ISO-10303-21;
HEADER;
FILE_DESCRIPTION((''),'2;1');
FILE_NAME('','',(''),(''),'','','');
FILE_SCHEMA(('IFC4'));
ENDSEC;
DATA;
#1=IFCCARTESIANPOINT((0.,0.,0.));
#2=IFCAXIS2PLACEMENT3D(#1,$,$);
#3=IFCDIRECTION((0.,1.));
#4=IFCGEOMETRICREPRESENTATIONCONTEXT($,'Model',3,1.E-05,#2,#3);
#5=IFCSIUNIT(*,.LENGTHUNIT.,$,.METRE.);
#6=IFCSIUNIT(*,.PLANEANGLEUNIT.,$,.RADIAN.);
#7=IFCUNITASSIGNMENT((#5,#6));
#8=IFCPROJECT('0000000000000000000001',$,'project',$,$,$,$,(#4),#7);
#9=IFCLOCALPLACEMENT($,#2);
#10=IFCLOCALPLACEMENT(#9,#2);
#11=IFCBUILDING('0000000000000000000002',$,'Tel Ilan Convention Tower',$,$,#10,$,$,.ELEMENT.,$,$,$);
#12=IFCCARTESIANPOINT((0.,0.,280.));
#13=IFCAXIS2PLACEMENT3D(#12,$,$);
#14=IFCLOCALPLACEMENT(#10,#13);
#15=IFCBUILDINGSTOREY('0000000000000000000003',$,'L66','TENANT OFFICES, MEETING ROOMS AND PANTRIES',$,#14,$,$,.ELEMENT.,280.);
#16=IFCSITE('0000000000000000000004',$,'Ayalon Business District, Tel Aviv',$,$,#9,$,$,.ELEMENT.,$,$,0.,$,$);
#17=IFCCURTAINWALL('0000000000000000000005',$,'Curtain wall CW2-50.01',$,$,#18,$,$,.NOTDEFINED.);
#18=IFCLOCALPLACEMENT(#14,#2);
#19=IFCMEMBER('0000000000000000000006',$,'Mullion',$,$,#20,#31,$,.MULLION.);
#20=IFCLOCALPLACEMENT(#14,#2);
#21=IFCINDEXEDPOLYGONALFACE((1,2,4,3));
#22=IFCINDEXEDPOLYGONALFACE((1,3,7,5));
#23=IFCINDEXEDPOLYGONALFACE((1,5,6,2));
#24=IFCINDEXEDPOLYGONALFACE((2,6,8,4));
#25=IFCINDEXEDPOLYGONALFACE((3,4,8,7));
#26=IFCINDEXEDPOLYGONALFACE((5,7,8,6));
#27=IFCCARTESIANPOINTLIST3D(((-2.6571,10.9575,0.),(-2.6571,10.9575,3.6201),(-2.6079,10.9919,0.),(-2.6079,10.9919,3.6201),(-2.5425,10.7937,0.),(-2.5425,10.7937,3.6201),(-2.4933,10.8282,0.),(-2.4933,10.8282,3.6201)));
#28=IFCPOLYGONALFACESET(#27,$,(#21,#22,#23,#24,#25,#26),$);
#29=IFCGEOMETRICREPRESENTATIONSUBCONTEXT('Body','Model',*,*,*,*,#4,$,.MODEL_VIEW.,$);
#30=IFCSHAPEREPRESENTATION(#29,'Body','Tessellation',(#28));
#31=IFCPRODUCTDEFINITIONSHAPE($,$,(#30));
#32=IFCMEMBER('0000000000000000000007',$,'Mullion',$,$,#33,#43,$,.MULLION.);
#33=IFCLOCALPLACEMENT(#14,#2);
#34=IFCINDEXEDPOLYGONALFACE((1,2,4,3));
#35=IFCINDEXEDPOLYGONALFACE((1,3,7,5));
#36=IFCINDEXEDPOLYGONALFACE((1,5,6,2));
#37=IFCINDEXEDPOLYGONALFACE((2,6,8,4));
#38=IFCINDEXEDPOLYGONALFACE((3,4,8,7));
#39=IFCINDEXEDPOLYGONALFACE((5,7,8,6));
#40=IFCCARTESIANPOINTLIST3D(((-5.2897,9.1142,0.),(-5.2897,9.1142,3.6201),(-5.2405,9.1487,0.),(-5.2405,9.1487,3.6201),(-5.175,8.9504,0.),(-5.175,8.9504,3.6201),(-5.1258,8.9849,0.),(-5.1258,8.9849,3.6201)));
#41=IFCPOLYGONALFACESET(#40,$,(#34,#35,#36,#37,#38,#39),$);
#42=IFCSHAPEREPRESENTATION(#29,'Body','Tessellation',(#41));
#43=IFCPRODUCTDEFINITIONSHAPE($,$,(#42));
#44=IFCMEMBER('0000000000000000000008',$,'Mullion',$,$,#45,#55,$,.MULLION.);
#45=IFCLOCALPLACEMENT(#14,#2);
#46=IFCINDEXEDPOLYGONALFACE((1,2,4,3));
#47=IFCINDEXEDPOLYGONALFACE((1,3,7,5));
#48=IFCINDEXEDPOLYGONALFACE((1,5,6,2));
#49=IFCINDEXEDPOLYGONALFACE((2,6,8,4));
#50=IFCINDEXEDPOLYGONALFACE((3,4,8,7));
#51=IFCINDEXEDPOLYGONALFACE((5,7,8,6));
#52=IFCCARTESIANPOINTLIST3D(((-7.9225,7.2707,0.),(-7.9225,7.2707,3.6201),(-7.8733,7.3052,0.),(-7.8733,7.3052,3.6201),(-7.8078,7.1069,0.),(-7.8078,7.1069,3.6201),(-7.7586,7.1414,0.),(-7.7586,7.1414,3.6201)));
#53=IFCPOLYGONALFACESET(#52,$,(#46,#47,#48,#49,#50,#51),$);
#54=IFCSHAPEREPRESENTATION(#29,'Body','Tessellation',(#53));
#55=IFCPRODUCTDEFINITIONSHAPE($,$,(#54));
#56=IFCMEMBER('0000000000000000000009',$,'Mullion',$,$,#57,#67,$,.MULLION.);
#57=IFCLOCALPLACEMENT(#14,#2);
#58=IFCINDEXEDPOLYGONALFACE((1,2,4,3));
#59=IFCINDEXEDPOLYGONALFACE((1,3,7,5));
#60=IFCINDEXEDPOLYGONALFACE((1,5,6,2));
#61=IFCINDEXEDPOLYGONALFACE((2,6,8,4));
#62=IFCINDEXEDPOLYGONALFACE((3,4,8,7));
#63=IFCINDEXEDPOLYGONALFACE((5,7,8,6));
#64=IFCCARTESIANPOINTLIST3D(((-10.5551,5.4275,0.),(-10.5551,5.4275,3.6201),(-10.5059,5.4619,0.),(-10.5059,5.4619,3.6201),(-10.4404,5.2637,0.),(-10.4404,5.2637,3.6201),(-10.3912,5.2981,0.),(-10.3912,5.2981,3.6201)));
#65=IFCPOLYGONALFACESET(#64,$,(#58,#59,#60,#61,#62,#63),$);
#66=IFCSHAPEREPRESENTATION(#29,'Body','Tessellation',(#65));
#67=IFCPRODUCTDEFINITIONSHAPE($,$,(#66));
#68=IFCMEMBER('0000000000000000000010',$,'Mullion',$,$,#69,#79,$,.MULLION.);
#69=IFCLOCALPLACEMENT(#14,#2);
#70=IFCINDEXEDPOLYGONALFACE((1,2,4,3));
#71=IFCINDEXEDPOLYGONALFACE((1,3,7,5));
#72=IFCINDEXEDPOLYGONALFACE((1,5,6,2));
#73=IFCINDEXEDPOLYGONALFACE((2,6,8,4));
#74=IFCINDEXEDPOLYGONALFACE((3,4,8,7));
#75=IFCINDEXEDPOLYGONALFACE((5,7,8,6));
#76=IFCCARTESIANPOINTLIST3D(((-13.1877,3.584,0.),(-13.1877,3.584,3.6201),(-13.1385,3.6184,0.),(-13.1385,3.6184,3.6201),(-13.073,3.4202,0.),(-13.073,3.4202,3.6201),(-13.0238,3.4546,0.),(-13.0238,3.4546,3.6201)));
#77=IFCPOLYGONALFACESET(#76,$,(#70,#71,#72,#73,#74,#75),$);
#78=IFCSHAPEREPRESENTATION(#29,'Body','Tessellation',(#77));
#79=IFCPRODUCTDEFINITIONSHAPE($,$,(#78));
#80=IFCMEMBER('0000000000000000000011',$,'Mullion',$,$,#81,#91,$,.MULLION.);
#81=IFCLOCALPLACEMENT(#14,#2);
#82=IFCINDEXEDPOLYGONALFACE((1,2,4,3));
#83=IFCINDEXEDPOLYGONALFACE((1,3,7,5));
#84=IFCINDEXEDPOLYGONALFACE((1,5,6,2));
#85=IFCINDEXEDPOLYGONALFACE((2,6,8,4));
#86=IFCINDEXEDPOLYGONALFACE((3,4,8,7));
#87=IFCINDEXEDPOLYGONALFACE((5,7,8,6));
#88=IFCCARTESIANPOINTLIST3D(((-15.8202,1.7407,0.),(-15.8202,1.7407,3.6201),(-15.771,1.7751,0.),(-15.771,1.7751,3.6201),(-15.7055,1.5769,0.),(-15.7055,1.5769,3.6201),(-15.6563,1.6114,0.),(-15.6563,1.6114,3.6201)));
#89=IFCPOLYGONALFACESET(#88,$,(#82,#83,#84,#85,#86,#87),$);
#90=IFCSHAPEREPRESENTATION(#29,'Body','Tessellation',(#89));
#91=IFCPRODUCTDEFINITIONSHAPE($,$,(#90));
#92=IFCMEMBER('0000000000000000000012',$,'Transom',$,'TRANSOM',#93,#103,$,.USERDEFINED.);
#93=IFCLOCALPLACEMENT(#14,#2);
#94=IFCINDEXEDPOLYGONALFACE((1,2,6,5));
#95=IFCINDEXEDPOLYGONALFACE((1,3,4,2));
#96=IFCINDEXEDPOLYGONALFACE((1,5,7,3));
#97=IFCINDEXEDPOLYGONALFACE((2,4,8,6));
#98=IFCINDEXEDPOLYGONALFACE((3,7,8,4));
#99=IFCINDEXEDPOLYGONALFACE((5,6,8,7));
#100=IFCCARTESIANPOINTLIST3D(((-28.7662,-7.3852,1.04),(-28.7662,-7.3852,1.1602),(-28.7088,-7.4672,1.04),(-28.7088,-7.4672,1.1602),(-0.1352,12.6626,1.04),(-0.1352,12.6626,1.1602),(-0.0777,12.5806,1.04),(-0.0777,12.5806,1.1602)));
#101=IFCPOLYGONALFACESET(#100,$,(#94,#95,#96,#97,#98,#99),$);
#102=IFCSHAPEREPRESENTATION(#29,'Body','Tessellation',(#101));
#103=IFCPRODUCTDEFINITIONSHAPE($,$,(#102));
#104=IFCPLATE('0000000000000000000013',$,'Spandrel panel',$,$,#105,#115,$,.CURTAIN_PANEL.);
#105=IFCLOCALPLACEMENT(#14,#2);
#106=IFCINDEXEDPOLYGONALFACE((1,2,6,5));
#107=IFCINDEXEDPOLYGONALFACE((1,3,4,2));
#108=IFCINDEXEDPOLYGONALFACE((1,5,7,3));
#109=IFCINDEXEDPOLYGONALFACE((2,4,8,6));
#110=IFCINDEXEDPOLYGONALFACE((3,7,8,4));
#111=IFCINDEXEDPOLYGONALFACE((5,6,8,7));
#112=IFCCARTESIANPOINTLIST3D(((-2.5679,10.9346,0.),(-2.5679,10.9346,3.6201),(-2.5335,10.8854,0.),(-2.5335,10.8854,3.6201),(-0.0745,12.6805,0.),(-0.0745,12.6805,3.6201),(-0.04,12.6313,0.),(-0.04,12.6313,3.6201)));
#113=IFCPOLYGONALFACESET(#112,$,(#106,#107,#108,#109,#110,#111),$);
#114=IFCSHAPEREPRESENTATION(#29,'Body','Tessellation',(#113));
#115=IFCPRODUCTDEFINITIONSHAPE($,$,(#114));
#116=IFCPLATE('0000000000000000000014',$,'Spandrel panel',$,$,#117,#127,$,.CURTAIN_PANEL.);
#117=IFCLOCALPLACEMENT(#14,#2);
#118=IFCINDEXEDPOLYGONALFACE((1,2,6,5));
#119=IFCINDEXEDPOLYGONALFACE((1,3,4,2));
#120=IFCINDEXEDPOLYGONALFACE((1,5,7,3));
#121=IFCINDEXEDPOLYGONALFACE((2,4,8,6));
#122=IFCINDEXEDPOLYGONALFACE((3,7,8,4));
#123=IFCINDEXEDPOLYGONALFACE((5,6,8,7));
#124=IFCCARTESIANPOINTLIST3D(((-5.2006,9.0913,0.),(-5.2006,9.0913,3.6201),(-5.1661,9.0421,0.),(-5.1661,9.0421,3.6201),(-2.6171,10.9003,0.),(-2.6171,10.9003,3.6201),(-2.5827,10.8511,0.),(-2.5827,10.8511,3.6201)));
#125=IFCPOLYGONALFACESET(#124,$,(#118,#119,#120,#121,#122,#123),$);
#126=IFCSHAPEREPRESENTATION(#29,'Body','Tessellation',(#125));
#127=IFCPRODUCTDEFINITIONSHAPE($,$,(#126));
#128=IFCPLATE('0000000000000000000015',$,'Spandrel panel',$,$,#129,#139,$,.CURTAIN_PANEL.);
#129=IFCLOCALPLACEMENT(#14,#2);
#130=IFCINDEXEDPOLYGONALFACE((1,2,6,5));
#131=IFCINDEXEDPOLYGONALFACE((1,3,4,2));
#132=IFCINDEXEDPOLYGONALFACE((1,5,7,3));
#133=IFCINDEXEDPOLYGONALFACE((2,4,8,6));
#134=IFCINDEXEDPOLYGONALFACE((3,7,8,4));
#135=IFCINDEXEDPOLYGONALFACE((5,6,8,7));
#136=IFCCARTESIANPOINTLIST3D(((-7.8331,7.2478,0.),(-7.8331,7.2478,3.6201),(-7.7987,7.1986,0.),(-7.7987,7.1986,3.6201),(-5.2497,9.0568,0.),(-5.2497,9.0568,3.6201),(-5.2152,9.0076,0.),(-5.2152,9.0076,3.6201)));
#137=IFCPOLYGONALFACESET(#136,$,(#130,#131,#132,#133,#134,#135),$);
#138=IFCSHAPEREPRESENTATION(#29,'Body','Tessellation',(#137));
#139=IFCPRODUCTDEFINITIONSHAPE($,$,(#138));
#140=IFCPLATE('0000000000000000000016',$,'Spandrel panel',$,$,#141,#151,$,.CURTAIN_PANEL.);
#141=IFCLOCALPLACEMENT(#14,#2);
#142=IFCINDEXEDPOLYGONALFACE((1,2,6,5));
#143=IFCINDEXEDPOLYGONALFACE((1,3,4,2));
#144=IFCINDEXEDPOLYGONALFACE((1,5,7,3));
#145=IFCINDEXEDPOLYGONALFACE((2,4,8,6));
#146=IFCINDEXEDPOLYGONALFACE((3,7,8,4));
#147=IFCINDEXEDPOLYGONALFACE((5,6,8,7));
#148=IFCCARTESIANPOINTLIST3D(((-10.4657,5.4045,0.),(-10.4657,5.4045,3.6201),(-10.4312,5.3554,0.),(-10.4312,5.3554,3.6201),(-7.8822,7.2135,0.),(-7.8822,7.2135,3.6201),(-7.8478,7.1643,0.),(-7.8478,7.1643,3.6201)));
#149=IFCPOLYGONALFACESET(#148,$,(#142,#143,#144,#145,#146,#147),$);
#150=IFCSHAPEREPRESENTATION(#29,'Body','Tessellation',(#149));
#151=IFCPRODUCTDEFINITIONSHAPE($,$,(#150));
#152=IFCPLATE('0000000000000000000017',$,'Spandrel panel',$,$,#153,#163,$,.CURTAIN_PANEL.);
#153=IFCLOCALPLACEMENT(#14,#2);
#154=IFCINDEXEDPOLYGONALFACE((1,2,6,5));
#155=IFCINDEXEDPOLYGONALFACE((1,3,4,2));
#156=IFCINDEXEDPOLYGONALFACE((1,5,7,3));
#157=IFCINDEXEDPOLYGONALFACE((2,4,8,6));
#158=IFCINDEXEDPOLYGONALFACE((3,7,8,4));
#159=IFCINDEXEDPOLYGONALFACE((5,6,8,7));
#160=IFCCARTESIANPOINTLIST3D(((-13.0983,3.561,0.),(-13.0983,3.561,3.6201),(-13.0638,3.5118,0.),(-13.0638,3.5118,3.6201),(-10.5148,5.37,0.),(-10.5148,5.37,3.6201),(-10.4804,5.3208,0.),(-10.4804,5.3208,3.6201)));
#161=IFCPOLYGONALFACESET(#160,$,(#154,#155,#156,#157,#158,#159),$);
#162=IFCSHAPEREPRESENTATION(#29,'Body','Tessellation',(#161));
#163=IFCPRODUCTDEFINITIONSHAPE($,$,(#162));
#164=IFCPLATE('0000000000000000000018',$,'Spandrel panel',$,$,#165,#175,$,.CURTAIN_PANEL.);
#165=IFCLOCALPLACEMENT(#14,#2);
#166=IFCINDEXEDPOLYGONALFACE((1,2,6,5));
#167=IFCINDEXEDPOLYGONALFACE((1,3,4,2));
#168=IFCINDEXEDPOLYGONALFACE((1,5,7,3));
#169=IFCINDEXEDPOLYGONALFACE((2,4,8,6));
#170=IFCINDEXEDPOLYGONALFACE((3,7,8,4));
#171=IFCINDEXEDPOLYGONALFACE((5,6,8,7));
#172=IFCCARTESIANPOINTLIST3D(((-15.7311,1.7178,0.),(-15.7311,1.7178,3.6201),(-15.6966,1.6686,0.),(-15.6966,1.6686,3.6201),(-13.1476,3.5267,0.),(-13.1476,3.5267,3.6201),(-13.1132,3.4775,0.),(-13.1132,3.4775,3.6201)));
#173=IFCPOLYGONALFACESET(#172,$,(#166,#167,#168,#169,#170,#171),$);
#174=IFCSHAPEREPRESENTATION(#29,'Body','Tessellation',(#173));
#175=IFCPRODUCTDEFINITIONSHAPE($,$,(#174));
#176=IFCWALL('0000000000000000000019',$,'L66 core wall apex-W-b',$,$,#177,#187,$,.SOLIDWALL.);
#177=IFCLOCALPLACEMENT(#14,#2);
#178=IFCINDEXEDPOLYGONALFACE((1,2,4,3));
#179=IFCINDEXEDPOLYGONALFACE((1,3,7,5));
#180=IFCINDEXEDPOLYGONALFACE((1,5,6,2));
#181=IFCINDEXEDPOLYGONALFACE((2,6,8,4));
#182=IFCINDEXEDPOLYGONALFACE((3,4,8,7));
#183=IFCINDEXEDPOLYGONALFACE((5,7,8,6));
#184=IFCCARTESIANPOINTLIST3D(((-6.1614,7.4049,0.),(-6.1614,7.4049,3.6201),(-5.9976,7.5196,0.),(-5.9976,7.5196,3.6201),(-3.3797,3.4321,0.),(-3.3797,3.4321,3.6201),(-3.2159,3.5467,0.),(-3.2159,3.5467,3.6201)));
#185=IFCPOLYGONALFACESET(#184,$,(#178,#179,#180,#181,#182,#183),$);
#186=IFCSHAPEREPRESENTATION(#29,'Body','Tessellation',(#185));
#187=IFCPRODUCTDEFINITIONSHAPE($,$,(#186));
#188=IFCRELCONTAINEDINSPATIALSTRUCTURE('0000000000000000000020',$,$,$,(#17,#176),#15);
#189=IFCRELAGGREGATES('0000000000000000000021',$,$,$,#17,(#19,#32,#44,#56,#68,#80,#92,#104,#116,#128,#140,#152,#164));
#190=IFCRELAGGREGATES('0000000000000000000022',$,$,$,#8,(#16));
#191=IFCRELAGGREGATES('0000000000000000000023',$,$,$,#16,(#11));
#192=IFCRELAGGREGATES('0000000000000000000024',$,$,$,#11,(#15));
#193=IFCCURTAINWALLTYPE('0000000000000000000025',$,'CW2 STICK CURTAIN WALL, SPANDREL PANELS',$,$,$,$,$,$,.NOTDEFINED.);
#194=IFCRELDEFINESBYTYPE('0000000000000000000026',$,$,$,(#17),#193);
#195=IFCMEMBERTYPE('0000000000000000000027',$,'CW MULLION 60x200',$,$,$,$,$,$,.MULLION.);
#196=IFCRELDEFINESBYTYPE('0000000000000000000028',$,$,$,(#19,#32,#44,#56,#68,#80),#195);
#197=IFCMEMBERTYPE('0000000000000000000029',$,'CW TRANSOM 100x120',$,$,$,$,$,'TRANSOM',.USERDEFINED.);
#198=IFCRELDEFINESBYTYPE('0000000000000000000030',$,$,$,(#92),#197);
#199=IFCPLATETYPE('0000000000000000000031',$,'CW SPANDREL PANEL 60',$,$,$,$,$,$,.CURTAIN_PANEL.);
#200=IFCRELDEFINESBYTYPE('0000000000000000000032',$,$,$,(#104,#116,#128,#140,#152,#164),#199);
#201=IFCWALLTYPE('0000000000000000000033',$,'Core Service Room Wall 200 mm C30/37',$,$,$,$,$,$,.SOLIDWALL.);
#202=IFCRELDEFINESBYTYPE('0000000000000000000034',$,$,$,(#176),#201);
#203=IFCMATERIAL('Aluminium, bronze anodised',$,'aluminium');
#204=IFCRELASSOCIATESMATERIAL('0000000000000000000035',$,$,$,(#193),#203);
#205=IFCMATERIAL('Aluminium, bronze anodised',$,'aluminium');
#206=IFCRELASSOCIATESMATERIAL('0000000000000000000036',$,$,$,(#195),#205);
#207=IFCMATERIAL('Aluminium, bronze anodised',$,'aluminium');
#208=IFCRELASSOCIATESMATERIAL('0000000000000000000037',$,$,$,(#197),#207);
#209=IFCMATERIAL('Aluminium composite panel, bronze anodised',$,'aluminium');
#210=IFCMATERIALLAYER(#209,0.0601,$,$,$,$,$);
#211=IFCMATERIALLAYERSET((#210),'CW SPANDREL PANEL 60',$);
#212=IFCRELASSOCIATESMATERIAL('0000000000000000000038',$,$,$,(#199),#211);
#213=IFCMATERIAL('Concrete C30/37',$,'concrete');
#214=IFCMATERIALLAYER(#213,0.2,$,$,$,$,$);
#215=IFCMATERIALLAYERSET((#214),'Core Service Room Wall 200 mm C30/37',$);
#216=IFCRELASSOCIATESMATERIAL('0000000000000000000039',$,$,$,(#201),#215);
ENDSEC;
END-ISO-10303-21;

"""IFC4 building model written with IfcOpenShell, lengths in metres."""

from ifc_helpers import new_model, si_unit, direction, frame, frame_2d, origin, origin_2d, place, context, subcontext, project, spatial, rectangle, extrude, material, layer, layer_set, material_profile, profile_set, type_object, element, aggregate, save


model = new_model("IFC4")

# Units and contexts
model_context = context("Model", 3, precision=1e-05, world=origin(), true_north=direction((0.0, 1.0)))
body_context = subcontext(model_context, "Body", "Model", "MODEL_VIEW")
ifc_project = project(units=[si_unit("LENGTHUNIT", "METRE"), si_unit("PLANEANGLEUNIT", "RADIAN")], contexts=[model_context])

# Site, building, storey
site_placement = place(None, origin())
site = spatial("IfcSite", under=ifc_project, at=site_placement, Name="Ayalon Business District, Tel Aviv", CompositionType="ELEMENT", RefElevation=0.0)
building_placement = place(site_placement, origin())
building = spatial("IfcBuilding", under=site, at=building_placement, Name="Tel Ilan Convention Tower", CompositionType="ELEMENT")
storey_placement = place(building_placement, frame((0.0, 0.0, 280.0)))
storey = spatial("IfcBuildingStorey", under=building, at=storey_placement, Name="L66", Description="TENANT OFFICES, MEETING ROOMS AND PANTRIES", CompositionType="ELEMENT", Elevation=280.0)

# Curtain wall, members, plates
ifc_material_1 = material(Name="Aluminium, bronze anodised", Category="aluminium")
curtain_wall_type = type_object("IfcCurtainWallType", Name="CW2 STICK CURTAIN WALL, SPANDREL PANELS", PredefinedType="NOTDEFINED", material=ifc_material_1)
curtain_wall_placement = place(storey_placement, origin())
curtain_wall = element("IfcCurtainWall", 1, at=curtain_wall_placement, inside=storey, type_object=curtain_wall_type, Name="Curtain wall CW2-50.01", PredefinedType="NOTDEFINED")
ifc_material_2 = material(Name="Aluminium, bronze anodised", Category="aluminium")
ifc_material_profile_1 = material_profile(ifc_material_2, rectangle(XDim=0.0601, YDim=0.2, at=origin_2d()), Name="CW MULLION 60x200")
ifc_profile_set_1 = profile_set([ifc_material_profile_1], Name="Aluminium, bronze anodised")
member_type_1 = type_object("IfcMemberType", Name="CW MULLION 60x200", PredefinedType="MULLION", material=ifc_profile_set_1)
member_1_placement = place(storey_placement, frame((-2.5752, 10.8928, 0.0), z_axis=(0.0, 0.0, 1.0), x_axis=(-0.819152, -0.573576, 0.0)))
member_1 = element("IfcMember", 2, at=member_1_placement, type_object=member_type_1, Name="Mullion", PredefinedType="MULLION", context=body_context, shape_type="SweptSolid", body=[
    extrude(rectangle(XDim=0.0601, YDim=0.2, at=origin_2d()), origin(), (0.0, 0.0, 1.0), 3.6201),
])
member_2_placement = place(storey_placement, frame((-5.2078, 9.0496, 0.0), z_axis=(0.0, 0.0, 1.0), x_axis=(-0.819152, -0.573576, 0.0)))
member_2 = element("IfcMember", 3, at=member_2_placement, type_object=member_type_1, Name="Mullion", PredefinedType="MULLION", context=body_context, shape_type="SweptSolid", body=[
    extrude(rectangle(XDim=0.0601, YDim=0.2, at=origin_2d()), origin(), (0.0, 0.0, 1.0), 3.6201),
])
member_3_placement = place(storey_placement, frame((-7.8406, 7.2061, 0.0), z_axis=(0.0, 0.0, 1.0), x_axis=(-0.819152, -0.573576, 0.0)))
member_3 = element("IfcMember", 4, at=member_3_placement, type_object=member_type_1, Name="Mullion", PredefinedType="MULLION", context=body_context, shape_type="SweptSolid", body=[
    extrude(rectangle(XDim=0.0601, YDim=0.2, at=origin_2d()), origin(), (0.0, 0.0, 1.0), 3.6201),
])
member_4_placement = place(storey_placement, frame((-10.4731, 5.3628, 0.0), z_axis=(0.0, 0.0, 1.0), x_axis=(-0.819152, -0.573576, 0.0)))
member_4 = element("IfcMember", 5, at=member_4_placement, type_object=member_type_1, Name="Mullion", PredefinedType="MULLION", context=body_context, shape_type="SweptSolid", body=[
    extrude(rectangle(XDim=0.0601, YDim=0.2, at=origin_2d()), origin(), (0.0, 0.0, 1.0), 3.6201),
])
member_5_placement = place(storey_placement, frame((-13.1057, 3.5193, 0.0), z_axis=(0.0, 0.0, 1.0), x_axis=(-0.819152, -0.573576, 0.0)))
member_5 = element("IfcMember", 6, at=member_5_placement, type_object=member_type_1, Name="Mullion", PredefinedType="MULLION", context=body_context, shape_type="SweptSolid", body=[
    extrude(rectangle(XDim=0.0601, YDim=0.2, at=origin_2d()), origin(), (0.0, 0.0, 1.0), 3.6201),
])
member_6_placement = place(storey_placement, frame((-15.7383, 1.676, 0.0), z_axis=(0.0, 0.0, 1.0), x_axis=(-0.819152, -0.573576, 0.0)))
member_6 = element("IfcMember", 7, at=member_6_placement, type_object=member_type_1, Name="Mullion", PredefinedType="MULLION", context=body_context, shape_type="SweptSolid", body=[
    extrude(rectangle(XDim=0.0601, YDim=0.2, at=origin_2d()), origin(), (0.0, 0.0, 1.0), 3.6201),
])
ifc_material_3 = material(Name="Aluminium, bronze anodised", Category="aluminium")
ifc_material_profile_2 = material_profile(ifc_material_3, rectangle(XDim=0.1001, YDim=0.1201, at=origin_2d()), Name="CW TRANSOM 100x120")
ifc_profile_set_2 = profile_set([ifc_material_profile_2], Name="Aluminium, bronze anodised")
member_type_2 = type_object("IfcMemberType", Name="CW TRANSOM 100x120", ElementType="TRANSOM", PredefinedType="USERDEFINED", material=ifc_profile_set_2)
member_7_placement = place(storey_placement, frame((-0.1064, 12.6216, 1.1001), z_axis=(-0.81915, -0.573579, 0.0), x_axis=(0.573579, -0.81915, 0.0)))
member_7 = element("IfcMember", 8, at=member_7_placement, type_object=member_type_2, Name="Transom", ObjectType="TRANSOM", PredefinedType="USERDEFINED", context=body_context, shape_type="SweptSolid", body=[
    extrude(rectangle(XDim=0.1001, YDim=0.1201, at=origin_2d()), origin(), (0.0, 0.0, 1.0), 34.9521),
])
ifc_material_4 = material(Name="Aluminium composite panel, bronze anodised", Category="aluminium")
ifc_layer_1 = layer(ifc_material_4, 0.0601)
ifc_layer_set_1 = layer_set([ifc_layer_1], Name="CW SPANDREL PANEL 60")
plate_type = type_object("IfcPlateType", Name="CW SPANDREL PANEL 60", PredefinedType="CURTAIN_PANEL", material=ifc_layer_set_1)
plate_1_placement = place(storey_placement, frame((-1.304, 11.783, 0.0), z_axis=(0.0, 0.0, 1.0), x_axis=(-0.819152, -0.573576, 0.0)))
plate_1 = element("IfcPlate", 9, at=plate_1_placement, type_object=plate_type, Name="Spandrel panel", PredefinedType="CURTAIN_PANEL", context=body_context, shape_type="SweptSolid", body=[
    extrude(rectangle(XDim=3.0439, YDim=0.0601, at=origin_2d()), origin(), (0.0, 0.0, 1.0), 3.6201),
])
plate_2_placement = place(storey_placement, frame((-3.8916, 9.9712, 0.0), z_axis=(0.0, 0.0, 1.0), x_axis=(-0.819152, -0.573576, 0.0)))
plate_2 = element("IfcPlate", 10, at=plate_2_placement, type_object=plate_type, Name="Spandrel panel", PredefinedType="CURTAIN_PANEL", context=body_context, shape_type="SweptSolid", body=[
    extrude(rectangle(XDim=3.1538, YDim=0.0601, at=origin_2d()), origin(), (0.0, 0.0, 1.0), 3.6201),
])
plate_3_placement = place(storey_placement, frame((-6.5242, 8.1277, 0.0), z_axis=(0.0, 0.0, 1.0), x_axis=(-0.819152, -0.573576, 0.0)))
plate_3 = element("IfcPlate", 11, at=plate_3_placement, type_object=plate_type, Name="Spandrel panel", PredefinedType="CURTAIN_PANEL", context=body_context, shape_type="SweptSolid", body=[
    extrude(rectangle(XDim=3.1538, YDim=0.0601, at=origin_2d()), origin(), (0.0, 0.0, 1.0), 3.6201),
])
plate_4_placement = place(storey_placement, frame((-9.1567, 6.2844, 0.0), z_axis=(0.0, 0.0, 1.0), x_axis=(-0.819152, -0.573576, 0.0)))
plate_4 = element("IfcPlate", 12, at=plate_4_placement, type_object=plate_type, Name="Spandrel panel", PredefinedType="CURTAIN_PANEL", context=body_context, shape_type="SweptSolid", body=[
    extrude(rectangle(XDim=3.1538, YDim=0.0601, at=origin_2d()), origin(), (0.0, 0.0, 1.0), 3.6201),
])
plate_5_placement = place(storey_placement, frame((-11.7893, 4.4409, 0.0), z_axis=(0.0, 0.0, 1.0), x_axis=(-0.819152, -0.573576, 0.0)))
plate_5 = element("IfcPlate", 13, at=plate_5_placement, type_object=plate_type, Name="Spandrel panel", PredefinedType="CURTAIN_PANEL", context=body_context, shape_type="SweptSolid", body=[
    extrude(rectangle(XDim=3.1538, YDim=0.0601, at=origin_2d()), origin(), (0.0, 0.0, 1.0), 3.6201),
])
plate_6_placement = place(storey_placement, frame((-14.4221, 2.5977, 0.0), z_axis=(0.0, 0.0, 1.0), x_axis=(-0.819152, -0.573576, 0.0)))
plate_6 = element("IfcPlate", 14, at=plate_6_placement, type_object=plate_type, Name="Spandrel panel", PredefinedType="CURTAIN_PANEL", context=body_context, shape_type="SweptSolid", body=[
    extrude(rectangle(XDim=3.1538, YDim=0.0601, at=origin_2d()), origin(), (0.0, 0.0, 1.0), 3.6201),
])
aggregate(curtain_wall, [member_1, member_2, member_3, member_4, member_5, member_6, member_7, plate_1, plate_2, plate_3, plate_4, plate_5, plate_6])

# Wall
ifc_material_5 = material(Name="Concrete C30/37", Category="concrete")
ifc_layer_2 = layer(ifc_material_5, 0.2)
ifc_layer_set_2 = layer_set([ifc_layer_2], Name="Core Service Room Wall 200 mm C30/37")
wall_type_1 = type_object("IfcWallType", Name="Core Service Room Wall 200 mm C30/37", PredefinedType="SOLIDWALL", material=ifc_layer_set_2)
wall_1_placement = place(storey_placement, frame((-3.2979, 3.4895, 0.0), z_axis=(0.0, 0.0, 1.0), x_axis=(-0.57356, 0.819163, 0.0)))
element("IfcWall", 15, at=wall_1_placement, inside=storey, type_object=wall_type_1, Name="L66 core wall apex-W-b", PredefinedType="SOLIDWALL", context=body_context, shape_type="SweptSolid", body=[
    extrude(rectangle(XDim=4.8499, YDim=0.2, at=frame_2d((2.4248, 0.0))), origin(), (0.0, 0.0, 1.0), 3.6201),
])

save(model, "model.ifc")
